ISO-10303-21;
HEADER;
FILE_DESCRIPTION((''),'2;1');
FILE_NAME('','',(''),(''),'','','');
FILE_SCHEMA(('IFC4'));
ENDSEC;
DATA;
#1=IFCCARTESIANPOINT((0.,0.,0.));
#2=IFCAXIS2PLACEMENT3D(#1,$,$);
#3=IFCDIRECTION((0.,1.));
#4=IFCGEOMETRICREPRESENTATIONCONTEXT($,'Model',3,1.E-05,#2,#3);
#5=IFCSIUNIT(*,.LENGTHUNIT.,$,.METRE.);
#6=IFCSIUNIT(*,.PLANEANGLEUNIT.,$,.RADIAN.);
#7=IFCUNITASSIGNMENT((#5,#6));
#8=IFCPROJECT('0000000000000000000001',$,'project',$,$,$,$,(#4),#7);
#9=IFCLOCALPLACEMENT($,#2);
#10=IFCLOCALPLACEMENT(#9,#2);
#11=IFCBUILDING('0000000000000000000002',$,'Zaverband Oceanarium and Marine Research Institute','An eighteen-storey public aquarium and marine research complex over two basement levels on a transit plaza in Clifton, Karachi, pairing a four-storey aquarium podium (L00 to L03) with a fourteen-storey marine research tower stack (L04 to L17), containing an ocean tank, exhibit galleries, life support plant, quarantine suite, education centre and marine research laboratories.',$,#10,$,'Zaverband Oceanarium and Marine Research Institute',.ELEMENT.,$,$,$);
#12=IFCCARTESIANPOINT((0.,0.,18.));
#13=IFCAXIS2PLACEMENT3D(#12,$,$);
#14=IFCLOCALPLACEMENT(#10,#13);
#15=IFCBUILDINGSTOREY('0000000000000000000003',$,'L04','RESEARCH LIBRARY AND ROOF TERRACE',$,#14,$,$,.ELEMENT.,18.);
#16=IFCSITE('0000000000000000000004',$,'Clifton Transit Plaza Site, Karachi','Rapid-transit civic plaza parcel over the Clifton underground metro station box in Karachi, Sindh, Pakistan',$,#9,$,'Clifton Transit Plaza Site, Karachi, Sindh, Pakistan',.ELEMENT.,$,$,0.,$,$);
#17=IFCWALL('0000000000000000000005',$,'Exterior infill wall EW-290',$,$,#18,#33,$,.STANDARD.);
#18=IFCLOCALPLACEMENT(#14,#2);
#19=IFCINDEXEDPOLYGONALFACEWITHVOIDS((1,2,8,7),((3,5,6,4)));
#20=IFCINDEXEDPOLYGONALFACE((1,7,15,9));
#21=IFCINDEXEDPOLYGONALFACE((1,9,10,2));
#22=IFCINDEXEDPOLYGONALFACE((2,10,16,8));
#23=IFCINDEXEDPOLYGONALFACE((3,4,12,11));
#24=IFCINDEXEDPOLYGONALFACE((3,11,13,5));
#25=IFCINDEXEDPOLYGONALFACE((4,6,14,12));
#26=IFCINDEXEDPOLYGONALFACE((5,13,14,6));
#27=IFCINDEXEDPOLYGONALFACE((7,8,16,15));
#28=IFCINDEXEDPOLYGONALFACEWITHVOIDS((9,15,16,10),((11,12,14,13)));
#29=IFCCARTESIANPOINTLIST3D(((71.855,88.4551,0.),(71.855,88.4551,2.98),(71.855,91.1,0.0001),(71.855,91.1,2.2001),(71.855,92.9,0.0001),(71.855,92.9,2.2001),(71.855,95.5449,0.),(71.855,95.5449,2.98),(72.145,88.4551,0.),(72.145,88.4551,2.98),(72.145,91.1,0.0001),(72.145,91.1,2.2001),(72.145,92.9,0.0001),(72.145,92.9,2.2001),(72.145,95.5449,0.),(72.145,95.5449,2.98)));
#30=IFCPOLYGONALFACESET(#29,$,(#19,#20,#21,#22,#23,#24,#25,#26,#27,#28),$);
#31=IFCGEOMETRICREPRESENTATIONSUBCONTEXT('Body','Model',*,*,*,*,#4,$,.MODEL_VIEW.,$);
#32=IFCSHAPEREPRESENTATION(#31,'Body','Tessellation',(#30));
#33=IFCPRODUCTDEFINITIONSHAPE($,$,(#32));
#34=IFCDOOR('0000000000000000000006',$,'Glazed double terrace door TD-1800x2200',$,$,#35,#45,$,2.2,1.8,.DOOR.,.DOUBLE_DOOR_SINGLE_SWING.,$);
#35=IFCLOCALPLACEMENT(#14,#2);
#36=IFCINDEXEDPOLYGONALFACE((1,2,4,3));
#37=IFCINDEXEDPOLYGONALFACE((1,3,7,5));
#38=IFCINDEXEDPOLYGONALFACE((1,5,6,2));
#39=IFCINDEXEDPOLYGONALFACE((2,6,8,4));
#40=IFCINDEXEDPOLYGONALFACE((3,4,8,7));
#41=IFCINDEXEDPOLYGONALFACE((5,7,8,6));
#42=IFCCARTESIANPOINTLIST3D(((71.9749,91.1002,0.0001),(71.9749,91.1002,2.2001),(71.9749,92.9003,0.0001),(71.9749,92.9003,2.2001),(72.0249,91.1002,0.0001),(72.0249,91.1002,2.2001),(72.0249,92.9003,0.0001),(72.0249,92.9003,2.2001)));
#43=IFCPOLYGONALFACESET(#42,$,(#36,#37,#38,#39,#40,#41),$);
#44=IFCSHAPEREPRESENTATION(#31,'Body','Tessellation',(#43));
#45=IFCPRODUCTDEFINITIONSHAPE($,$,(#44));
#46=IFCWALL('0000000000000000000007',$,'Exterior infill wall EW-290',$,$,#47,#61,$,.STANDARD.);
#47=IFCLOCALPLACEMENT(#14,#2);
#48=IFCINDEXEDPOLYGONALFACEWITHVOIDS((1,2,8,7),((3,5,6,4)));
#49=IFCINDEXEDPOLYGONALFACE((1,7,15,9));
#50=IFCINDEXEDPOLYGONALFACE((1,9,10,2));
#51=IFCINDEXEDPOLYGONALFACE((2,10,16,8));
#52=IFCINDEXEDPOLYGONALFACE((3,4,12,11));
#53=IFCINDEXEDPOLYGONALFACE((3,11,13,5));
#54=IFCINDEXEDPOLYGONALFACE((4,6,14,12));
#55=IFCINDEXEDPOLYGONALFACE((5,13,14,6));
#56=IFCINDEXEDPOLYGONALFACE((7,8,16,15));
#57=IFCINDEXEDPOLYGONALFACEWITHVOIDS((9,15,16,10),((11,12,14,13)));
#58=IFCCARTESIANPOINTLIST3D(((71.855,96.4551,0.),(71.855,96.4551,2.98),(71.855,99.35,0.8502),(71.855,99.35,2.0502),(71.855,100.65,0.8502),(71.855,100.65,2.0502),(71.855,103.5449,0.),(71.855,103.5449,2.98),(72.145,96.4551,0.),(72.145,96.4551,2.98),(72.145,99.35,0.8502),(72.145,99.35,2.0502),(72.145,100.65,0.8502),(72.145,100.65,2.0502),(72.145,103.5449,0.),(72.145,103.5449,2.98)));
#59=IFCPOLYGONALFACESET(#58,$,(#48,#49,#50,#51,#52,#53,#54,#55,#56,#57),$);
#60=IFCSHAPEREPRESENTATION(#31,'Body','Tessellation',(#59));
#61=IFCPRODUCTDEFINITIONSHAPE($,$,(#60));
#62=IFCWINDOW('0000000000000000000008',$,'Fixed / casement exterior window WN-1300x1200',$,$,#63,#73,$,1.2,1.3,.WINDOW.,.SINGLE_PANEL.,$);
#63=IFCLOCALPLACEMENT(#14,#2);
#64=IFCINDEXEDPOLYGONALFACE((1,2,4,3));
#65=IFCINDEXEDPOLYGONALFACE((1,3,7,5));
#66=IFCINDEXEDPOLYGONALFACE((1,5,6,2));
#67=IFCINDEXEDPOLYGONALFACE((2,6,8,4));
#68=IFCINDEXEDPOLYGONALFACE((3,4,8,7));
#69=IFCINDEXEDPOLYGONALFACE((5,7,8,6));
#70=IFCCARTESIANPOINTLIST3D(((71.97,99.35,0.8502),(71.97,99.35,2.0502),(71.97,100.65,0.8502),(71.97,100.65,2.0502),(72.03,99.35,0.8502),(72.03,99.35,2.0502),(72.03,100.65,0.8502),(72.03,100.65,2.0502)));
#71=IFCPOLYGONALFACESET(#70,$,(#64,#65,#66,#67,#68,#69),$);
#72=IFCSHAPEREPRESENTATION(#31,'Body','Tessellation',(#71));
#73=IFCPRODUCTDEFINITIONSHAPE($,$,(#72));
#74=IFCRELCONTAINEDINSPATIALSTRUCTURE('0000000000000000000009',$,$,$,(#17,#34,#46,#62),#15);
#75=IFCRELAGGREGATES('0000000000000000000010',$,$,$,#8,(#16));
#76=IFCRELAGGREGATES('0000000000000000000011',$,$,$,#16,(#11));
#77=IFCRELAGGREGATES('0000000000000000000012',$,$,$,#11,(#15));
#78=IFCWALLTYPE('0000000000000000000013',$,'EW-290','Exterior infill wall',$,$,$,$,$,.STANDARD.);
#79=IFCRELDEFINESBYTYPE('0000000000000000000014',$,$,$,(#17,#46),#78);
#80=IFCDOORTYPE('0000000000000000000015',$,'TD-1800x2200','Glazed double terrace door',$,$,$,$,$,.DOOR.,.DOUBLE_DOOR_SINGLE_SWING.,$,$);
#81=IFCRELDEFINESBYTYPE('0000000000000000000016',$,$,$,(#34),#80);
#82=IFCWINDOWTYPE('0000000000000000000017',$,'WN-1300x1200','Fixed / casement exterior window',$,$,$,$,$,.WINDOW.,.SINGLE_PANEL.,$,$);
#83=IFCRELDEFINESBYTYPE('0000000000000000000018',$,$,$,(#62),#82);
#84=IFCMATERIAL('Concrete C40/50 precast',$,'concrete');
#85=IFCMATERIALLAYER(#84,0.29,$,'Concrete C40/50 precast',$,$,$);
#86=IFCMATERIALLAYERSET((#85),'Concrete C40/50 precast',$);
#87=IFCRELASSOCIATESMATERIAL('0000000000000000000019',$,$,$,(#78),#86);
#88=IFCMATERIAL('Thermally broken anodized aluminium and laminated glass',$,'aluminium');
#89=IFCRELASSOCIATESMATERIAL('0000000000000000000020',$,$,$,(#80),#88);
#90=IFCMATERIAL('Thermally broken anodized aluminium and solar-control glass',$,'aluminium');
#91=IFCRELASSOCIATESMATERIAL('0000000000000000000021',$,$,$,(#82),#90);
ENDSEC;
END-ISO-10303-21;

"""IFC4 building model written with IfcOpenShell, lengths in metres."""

from ifc_helpers import new_model, si_unit, direction, frame, frame_2d, origin, place, context, subcontext, project, spatial, rectangle, extrude, material, layer, layer_set, type_object, element, fill, save


model = new_model("IFC4")

# Units and contexts
model_context = context("Model", 3, precision=1e-05, world=origin(), true_north=direction((0.0, 1.0)))
body_context = subcontext(model_context, "Body", "Model", "MODEL_VIEW")
ifc_project = project(units=[si_unit("LENGTHUNIT", "METRE"), si_unit("PLANEANGLEUNIT", "RADIAN")], contexts=[model_context])

# Site, building, storey
site_placement = place(None, origin())
site = spatial("IfcSite", under=ifc_project, at=site_placement, Name="Clifton Transit Plaza Site, Karachi", Description="Rapid-transit civic plaza parcel over the Clifton underground metro station box in Karachi, Sindh, Pakistan", LongName="Clifton Transit Plaza Site, Karachi, Sindh, Pakistan", CompositionType="ELEMENT", RefElevation=0.0)
building_placement = place(site_placement, origin())
building = spatial("IfcBuilding", under=site, at=building_placement, Name="Zaverband Oceanarium and Marine Research Institute", Description="An eighteen-storey public aquarium and marine research complex over two basement levels on a transit plaza in Clifton, Karachi, pairing a four-storey aquarium podium (L00 to L03) with a fourteen-storey marine research tower stack (L04 to L17), containing an ocean tank, exhibit galleries, life support plant, quarantine suite, education centre and marine research laboratories.", LongName="Zaverband Oceanarium and Marine Research Institute", CompositionType="ELEMENT")
storey_placement = place(building_placement, frame((0.0, 0.0, 18.0)))
storey = spatial("IfcBuildingStorey", under=building, at=storey_placement, Name="L04", Description="RESEARCH LIBRARY AND ROOF TERRACE", CompositionType="ELEMENT", Elevation=18.0)

# Shared definitions
ifc_material_1 = material(Name="Thermally broken anodized aluminium and solar-control glass", Category="aluminium")

# Wall, opening, door
ifc_material_2 = material(Name="Concrete C40/50 precast", Category="concrete")
ifc_layer_1 = layer(ifc_material_2, 0.29, Name="Concrete C40/50 precast")
ifc_layer_set_1 = layer_set([ifc_layer_1], Name="Concrete C40/50 precast")
wall_type = type_object("IfcWallType", Name="EW-290", Description="Exterior infill wall", PredefinedType="STANDARD", material=ifc_layer_set_1)
wall_1_placement = place(storey_placement, frame((72.0, 88.4551, 0.0), z_axis=(0.0, 0.0, 1.0), x_axis=(0.0, 1.0, 0.0)))
wall_1 = element("IfcWall", 1, at=wall_1_placement, inside=storey, type_object=wall_type, Name="Exterior infill wall EW-290", PredefinedType="STANDARD", context=body_context, shape_type="SweptSolid", body=[
    extrude(rectangle(XDim=7.0898, YDim=0.29, at=frame_2d((3.5449, 0.0))), origin(), (0.0, 0.0, 1.0), 2.98),
])
opening_1_placement = place(wall_1_placement, frame((2.645, 0.0, 0.0)))
opening_1 = element("IfcOpeningElement", 2, at=opening_1_placement, cuts=wall_1, PredefinedType="OPENING", context=body_context, shape_type="SweptSolid", body=[
    extrude(rectangle(XDim=1.8, YDim=2.2, at=frame_2d((0.8999, 1.1001))), frame((0.0, 0.157, 0.0), z_axis=(0.0, -1.0, 0.0), x_axis=(1.0, 0.0, 0.0)), (0.0, 0.0, 1.0), 0.314),
])
ifc_material_3 = material(Name="Thermally broken anodized aluminium and laminated glass", Category="aluminium")
door_type = type_object("IfcDoorType", Name="TD-1800x2200", Description="Glazed double terrace door", OperationType="DOUBLE_DOOR_SINGLE_SWING", PredefinedType="DOOR", material=ifc_material_3)
door_placement = place(opening_1_placement, frame((1.8, 0.0, 0.0), z_axis=(0.0, 0.0, 1.0), x_axis=(-1.0, 0.0, 0.0)))
door = element("IfcDoor", 3, at=door_placement, inside=storey, type_object=door_type, Name="Glazed double terrace door TD-1800x2200", OperationType="DOUBLE_DOOR_SINGLE_SWING", OverallHeight=2.2, OverallWidth=1.8, PredefinedType="DOOR", context=body_context, shape_type="SweptSolid", body=[
    extrude(rectangle(XDim=1.8, YDim=2.2, at=frame_2d((0.8999, 1.1001))), frame((0.0, 0.0249, 0.0), z_axis=(0.0, -1.0, 0.0), x_axis=(1.0, 0.0, 0.0)), (0.0, 0.0, 1.0), 0.05),
])
fill(opening_1, door)

# Wall, opening, window
wall_2_placement = place(storey_placement, frame((72.0, 96.4551, 0.0), z_axis=(0.0, 0.0, 1.0), x_axis=(0.0, 1.0, 0.0)))
wall_2 = element("IfcWall", 4, at=wall_2_placement, inside=storey, type_object=wall_type, Name="Exterior infill wall EW-290", PredefinedType="STANDARD", context=body_context, shape_type="SweptSolid", body=[
    extrude(rectangle(XDim=7.0898, YDim=0.29, at=frame_2d((3.5449, 0.0))), origin(), (0.0, 0.0, 1.0), 2.98),
])
opening_2_placement = place(wall_2_placement, frame((2.895, 0.0, 0.8501)))
opening_2 = element("IfcOpeningElement", 5, at=opening_2_placement, cuts=wall_2, PredefinedType="OPENING", context=body_context, shape_type="SweptSolid", body=[
    extrude(rectangle(XDim=1.3, YDim=1.2, at=frame_2d((0.6499, 0.6001))), frame((0.0, 0.157, 0.0), z_axis=(0.0, -1.0, 0.0), x_axis=(1.0, 0.0, 0.0)), (0.0, 0.0, 1.0), 0.314),
])
window_type = type_object("IfcWindowType", Name="WN-1300x1200", Description="Fixed / casement exterior window", PartitioningType="SINGLE_PANEL", PredefinedType="WINDOW", material=ifc_material_1)
window_placement = place(opening_2_placement, origin())
window = element("IfcWindow", 6, at=window_placement, inside=storey, type_object=window_type, Name="Fixed / casement exterior window WN-1300x1200", OverallHeight=1.2, OverallWidth=1.3, PartitioningType="SINGLE_PANEL", PredefinedType="WINDOW", context=body_context, shape_type="SweptSolid", body=[
    extrude(rectangle(XDim=1.3, YDim=1.2, at=frame_2d((0.6499, 0.6001))), frame((0.0, 0.03, 0.0), z_axis=(0.0, -1.0, 0.0), x_axis=(1.0, 0.0, 0.0)), (0.0, 0.0, 1.0), 0.0601),
])
fill(opening_2, window)

save(model, "model.ifc")
